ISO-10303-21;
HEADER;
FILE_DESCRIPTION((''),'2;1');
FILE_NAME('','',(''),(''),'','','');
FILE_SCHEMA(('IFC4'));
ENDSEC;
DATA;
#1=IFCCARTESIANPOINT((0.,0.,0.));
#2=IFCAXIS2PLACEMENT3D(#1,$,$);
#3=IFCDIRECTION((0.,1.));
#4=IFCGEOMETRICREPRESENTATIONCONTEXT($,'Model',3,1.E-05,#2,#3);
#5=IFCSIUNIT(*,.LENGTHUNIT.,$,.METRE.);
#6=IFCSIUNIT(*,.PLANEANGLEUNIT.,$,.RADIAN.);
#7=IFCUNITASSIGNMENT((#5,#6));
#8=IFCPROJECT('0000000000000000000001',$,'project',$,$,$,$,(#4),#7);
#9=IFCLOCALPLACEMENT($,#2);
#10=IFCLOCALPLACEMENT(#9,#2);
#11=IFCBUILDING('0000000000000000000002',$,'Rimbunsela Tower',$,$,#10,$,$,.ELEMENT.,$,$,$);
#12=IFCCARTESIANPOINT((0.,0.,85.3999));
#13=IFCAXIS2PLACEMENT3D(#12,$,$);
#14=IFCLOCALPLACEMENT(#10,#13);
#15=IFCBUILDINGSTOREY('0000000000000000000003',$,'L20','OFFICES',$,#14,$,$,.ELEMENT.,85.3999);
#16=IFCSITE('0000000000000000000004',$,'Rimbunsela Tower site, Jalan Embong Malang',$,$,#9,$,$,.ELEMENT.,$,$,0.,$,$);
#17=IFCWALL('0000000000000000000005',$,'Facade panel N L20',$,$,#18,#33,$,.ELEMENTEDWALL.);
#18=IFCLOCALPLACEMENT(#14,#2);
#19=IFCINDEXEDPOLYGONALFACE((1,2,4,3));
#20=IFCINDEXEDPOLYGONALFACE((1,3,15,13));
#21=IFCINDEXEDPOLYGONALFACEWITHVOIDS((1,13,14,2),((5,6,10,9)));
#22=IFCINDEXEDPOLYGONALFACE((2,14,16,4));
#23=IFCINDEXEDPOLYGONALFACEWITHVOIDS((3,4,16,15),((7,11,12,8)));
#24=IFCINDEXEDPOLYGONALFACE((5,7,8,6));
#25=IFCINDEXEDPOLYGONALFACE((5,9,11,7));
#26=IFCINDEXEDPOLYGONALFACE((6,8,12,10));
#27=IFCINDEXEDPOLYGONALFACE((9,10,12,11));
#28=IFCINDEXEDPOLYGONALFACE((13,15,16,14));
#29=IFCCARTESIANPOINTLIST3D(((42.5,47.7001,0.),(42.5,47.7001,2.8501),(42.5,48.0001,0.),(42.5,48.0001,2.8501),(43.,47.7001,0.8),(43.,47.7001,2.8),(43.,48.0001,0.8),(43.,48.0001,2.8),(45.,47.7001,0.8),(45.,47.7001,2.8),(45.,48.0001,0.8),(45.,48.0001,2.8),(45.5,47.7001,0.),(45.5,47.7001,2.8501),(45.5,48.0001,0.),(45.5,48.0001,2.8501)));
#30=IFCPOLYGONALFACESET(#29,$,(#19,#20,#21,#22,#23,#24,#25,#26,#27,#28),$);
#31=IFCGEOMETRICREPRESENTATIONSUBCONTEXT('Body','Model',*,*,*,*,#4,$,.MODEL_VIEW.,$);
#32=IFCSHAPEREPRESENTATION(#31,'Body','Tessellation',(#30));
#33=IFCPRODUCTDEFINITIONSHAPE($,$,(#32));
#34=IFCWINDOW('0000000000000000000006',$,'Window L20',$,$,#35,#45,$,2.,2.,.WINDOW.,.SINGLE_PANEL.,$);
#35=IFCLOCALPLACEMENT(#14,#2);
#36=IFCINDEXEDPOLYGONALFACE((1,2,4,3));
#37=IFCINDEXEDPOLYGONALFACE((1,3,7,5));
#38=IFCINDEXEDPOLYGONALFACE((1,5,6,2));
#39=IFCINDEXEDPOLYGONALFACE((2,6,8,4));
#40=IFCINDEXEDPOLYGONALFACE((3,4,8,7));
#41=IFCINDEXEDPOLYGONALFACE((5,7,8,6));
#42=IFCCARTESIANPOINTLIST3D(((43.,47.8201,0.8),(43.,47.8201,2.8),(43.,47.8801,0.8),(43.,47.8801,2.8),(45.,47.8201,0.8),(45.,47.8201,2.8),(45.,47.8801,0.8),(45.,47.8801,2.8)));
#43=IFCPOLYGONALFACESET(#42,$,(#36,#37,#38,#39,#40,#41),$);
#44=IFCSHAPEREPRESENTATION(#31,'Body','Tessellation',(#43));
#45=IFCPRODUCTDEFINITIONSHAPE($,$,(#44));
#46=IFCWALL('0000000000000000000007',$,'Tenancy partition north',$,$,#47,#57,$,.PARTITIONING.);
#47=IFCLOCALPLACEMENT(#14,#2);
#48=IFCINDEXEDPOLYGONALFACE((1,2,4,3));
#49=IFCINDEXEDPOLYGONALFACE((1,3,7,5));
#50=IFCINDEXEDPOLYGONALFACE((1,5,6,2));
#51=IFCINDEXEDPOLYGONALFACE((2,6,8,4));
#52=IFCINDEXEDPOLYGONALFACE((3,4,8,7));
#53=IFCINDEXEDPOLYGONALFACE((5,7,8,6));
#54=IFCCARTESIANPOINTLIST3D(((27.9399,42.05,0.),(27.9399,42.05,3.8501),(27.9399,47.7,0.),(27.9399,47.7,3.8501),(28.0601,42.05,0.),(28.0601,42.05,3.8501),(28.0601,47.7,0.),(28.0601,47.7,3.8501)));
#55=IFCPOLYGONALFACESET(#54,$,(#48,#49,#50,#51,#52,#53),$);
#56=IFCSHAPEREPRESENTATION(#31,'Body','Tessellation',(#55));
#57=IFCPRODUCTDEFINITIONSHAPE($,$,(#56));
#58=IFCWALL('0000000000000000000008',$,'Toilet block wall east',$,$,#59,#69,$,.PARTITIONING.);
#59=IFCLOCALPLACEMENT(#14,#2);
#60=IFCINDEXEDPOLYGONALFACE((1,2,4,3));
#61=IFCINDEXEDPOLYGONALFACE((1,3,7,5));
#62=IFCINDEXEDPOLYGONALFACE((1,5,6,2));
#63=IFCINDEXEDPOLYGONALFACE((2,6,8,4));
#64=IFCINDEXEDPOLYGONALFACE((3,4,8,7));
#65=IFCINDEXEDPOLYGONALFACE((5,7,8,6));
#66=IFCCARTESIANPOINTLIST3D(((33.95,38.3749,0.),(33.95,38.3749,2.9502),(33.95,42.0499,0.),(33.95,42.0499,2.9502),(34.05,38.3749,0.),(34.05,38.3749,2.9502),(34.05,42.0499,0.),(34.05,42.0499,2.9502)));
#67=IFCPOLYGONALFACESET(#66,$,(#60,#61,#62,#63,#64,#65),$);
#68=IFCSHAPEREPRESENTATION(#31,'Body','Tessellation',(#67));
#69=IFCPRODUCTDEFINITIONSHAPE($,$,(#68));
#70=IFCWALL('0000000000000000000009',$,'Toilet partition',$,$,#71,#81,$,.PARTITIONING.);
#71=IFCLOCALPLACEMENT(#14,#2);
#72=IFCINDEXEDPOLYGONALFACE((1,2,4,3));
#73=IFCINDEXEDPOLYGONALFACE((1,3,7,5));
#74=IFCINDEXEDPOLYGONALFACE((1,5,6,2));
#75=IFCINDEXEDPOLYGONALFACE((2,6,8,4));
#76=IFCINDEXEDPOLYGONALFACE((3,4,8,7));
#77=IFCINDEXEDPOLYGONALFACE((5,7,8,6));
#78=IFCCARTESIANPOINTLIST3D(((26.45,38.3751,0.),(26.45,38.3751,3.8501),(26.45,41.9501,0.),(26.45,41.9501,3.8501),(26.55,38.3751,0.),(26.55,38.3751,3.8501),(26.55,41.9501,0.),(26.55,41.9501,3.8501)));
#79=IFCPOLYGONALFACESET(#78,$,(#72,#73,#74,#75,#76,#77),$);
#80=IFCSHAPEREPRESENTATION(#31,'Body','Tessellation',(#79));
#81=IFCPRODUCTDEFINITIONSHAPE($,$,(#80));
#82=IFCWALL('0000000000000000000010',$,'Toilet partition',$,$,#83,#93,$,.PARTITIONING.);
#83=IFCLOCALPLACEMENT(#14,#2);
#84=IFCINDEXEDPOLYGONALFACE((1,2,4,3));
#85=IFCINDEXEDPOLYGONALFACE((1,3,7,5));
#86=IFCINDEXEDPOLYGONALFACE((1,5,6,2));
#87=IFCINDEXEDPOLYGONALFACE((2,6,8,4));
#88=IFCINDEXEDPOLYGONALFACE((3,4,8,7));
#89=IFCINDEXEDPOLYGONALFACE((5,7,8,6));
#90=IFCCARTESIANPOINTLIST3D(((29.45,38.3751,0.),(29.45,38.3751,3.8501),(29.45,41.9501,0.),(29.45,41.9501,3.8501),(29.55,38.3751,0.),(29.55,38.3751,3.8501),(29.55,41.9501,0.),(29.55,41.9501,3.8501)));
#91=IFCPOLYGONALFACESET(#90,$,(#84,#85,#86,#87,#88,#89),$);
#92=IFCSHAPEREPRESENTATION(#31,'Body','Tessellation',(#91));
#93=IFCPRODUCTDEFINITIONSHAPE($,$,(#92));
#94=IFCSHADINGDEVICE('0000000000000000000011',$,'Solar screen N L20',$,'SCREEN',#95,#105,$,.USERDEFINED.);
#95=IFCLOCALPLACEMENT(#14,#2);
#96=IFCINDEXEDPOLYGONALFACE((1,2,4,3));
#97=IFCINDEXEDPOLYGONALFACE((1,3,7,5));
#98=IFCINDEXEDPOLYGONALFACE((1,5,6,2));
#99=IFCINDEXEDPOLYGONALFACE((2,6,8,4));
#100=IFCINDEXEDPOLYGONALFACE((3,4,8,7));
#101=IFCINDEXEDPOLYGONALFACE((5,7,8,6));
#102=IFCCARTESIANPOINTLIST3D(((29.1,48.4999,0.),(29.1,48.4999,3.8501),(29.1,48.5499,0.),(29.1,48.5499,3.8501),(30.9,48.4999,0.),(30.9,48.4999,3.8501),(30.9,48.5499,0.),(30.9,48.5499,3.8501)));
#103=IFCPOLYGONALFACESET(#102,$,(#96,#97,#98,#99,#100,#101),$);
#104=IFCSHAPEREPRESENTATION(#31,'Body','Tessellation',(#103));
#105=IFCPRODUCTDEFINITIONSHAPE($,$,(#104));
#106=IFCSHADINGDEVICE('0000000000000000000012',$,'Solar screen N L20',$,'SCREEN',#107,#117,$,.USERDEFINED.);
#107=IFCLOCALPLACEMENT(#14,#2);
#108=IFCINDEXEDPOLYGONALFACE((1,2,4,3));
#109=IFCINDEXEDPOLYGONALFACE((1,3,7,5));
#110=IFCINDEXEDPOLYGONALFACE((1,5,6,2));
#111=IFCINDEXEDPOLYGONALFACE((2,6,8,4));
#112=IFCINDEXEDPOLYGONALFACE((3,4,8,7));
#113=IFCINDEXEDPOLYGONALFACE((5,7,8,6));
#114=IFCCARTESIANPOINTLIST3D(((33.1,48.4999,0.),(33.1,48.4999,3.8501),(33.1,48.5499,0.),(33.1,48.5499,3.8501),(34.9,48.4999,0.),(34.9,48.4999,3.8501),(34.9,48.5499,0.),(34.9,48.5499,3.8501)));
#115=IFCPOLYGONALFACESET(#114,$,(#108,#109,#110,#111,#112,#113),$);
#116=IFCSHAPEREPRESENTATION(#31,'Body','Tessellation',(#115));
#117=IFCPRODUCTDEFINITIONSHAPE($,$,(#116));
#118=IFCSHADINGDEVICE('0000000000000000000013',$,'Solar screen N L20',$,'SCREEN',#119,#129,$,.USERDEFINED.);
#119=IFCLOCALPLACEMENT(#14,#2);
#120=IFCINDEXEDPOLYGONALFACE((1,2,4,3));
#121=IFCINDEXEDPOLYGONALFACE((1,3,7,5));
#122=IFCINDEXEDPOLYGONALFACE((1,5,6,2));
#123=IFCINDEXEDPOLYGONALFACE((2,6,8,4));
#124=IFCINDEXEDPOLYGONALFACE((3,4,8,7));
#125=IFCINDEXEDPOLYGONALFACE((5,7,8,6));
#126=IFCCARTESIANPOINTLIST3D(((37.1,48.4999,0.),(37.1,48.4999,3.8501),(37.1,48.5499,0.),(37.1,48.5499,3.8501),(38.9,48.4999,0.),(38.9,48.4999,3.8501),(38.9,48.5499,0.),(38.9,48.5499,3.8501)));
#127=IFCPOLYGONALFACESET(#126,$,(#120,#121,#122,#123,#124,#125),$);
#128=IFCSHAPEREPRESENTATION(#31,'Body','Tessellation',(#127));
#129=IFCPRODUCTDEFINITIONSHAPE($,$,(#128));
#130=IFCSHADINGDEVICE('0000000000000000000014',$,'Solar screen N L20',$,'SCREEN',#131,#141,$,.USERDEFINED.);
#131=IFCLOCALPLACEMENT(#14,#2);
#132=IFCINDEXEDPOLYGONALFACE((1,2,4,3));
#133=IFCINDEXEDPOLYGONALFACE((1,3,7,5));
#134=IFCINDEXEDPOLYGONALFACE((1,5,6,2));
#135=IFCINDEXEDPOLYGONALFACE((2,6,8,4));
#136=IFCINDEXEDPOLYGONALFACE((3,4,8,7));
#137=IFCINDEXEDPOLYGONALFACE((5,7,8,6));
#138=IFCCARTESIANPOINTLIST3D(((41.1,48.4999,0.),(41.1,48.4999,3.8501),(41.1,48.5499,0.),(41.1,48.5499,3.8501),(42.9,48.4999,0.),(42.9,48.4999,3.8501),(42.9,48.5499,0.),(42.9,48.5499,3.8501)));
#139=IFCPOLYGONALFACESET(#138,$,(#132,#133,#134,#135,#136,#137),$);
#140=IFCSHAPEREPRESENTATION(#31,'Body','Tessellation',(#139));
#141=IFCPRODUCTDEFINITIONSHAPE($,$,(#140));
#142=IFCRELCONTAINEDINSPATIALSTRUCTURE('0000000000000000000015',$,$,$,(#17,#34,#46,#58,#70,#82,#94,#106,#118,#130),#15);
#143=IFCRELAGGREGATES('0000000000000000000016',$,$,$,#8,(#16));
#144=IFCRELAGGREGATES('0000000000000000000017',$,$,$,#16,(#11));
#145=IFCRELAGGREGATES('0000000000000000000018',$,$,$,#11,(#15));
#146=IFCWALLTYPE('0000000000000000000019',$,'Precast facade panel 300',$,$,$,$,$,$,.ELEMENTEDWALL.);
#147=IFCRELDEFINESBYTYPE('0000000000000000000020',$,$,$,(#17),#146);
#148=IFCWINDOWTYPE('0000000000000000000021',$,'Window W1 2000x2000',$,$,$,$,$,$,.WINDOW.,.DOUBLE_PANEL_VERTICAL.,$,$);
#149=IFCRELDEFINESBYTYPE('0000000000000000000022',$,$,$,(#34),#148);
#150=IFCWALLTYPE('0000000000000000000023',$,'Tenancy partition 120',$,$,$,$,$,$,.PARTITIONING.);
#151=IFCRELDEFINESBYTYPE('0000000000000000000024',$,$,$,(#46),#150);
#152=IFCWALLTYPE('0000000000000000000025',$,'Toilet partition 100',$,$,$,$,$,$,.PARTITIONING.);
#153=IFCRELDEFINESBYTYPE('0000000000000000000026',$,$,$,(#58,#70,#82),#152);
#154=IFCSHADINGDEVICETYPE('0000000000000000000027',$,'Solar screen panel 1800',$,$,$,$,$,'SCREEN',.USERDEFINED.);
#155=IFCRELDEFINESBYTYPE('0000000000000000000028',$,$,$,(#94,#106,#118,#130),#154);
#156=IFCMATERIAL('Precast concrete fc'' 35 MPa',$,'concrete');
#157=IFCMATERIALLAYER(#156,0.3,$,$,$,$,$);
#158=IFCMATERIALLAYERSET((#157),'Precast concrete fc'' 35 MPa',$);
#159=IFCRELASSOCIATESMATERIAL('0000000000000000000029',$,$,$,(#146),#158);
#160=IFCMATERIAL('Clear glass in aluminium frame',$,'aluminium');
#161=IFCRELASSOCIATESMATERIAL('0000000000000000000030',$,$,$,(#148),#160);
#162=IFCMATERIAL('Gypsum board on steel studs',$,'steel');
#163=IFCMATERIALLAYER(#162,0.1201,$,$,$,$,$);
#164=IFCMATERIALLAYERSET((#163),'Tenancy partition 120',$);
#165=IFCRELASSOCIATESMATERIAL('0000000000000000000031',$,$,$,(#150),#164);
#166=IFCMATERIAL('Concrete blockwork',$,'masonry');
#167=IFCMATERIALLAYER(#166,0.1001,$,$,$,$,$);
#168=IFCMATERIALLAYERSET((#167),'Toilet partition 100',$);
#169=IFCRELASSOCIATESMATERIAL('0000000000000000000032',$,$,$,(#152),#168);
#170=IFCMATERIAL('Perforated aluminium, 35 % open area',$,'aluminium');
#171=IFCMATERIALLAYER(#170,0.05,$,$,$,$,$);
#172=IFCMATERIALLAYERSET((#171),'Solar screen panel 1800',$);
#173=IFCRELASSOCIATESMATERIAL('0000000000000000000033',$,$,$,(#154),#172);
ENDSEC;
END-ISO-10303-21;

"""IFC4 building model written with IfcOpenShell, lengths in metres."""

from ifc_helpers import new_model, si_unit, direction, frame, frame_2d, origin, origin_2d, place, context, subcontext, project, spatial, rectangle, extrude, material, layer, layer_set, type_object, element, fill, save


model = new_model("IFC4")

# Units and contexts
model_context = context("Model", 3, precision=1e-05, world=origin(), true_north=direction((0.0, 1.0)))
body_context = subcontext(model_context, "Body", "Model", "MODEL_VIEW")
ifc_project = project(units=[si_unit("LENGTHUNIT", "METRE"), si_unit("PLANEANGLEUNIT", "RADIAN")], contexts=[model_context])

# Site, building, storey
site_placement = place(None, origin())
site = spatial("IfcSite", under=ifc_project, at=site_placement, Name="Rimbunsela Tower site, Jalan Embong Malang", CompositionType="ELEMENT", RefElevation=0.0)
building_placement = place(site_placement, origin())
building = spatial("IfcBuilding", under=site, at=building_placement, Name="Rimbunsela Tower", CompositionType="ELEMENT")
storey_placement = place(building_placement, frame((0.0, 0.0, 85.3999)))
storey = spatial("IfcBuildingStorey", under=building, at=storey_placement, Name="L20", Description="OFFICES", CompositionType="ELEMENT", Elevation=85.3999)

# Shared definitions
ifc_material_1 = material(Name="Precast concrete fc' 35 MPa", Category="concrete")
ifc_layer_1 = layer(ifc_material_1, 0.3)
ifc_layer_set_1 = layer_set([ifc_layer_1], Name="Precast concrete fc' 35 MPa")
wall_type_1 = type_object("IfcWallType", Name="Precast facade panel 300", PredefinedType="ELEMENTEDWALL", material=ifc_layer_set_1)

# Wall, opening, window
ifc_material_2 = material(Name="Clear glass in aluminium frame", Category="aluminium")
window_type_1 = type_object("IfcWindowType", Name="Window W1 2000x2000", PartitioningType="DOUBLE_PANEL_VERTICAL", PredefinedType="WINDOW", material=ifc_material_2)
wall_1_placement = place(storey_placement, frame((45.5, 47.8501, 0.0), z_axis=(0.0, 0.0, 1.0), x_axis=(-1.0, 0.0, 0.0)))
wall_1 = element("IfcWall", 1, at=wall_1_placement, inside=storey, type_object=wall_type_1, Name="Facade panel N L20", PredefinedType="ELEMENTEDWALL", context=body_context, shape_type="SweptSolid", body=[
    extrude(rectangle(XDim=3.0, YDim=0.3, at=frame_2d((1.5, 0.0))), origin(), (0.0, 0.0, 1.0), 2.8501),
])
opening_1_placement = place(wall_1_placement, frame((0.5, 0.0, 0.8)))
opening_1 = element("IfcOpeningElement", 2, at=opening_1_placement, cuts=wall_1, PredefinedType="OPENING", context=body_context, shape_type="SweptSolid", body=[
    extrude(rectangle(XDim=2.0, YDim=2.0, at=frame_2d((1.0, 1.0))), frame((0.0, 0.1599, 0.0), z_axis=(0.0, -1.0, 0.0), x_axis=(1.0, 0.0, 0.0)), (0.0, 0.0, 1.0), 0.3201),
])
window_1_placement = place(opening_1_placement, origin())
window_1 = element("IfcWindow", 3, at=window_1_placement, inside=storey, type_object=window_type_1, Name="Window L20", OverallHeight=2.0, OverallWidth=2.0, PartitioningType="SINGLE_PANEL", PredefinedType="WINDOW", context=body_context, shape_type="SweptSolid", body=[
    extrude(rectangle(XDim=2.0, YDim=2.0, at=frame_2d((1.0, 1.0))), frame((0.0, 0.03, 0.0), z_axis=(0.0, -1.0, 0.0), x_axis=(1.0, 0.0, 0.0)), (0.0, 0.0, 1.0), 0.0601),
])
fill(opening_1, window_1)

# Walls
ifc_material_3 = material(Name="Gypsum board on steel studs", Category="steel")
ifc_layer_2 = layer(ifc_material_3, 0.1201)
ifc_layer_set_2 = layer_set([ifc_layer_2], Name="Tenancy partition 120")
wall_type_2 = type_object("IfcWallType", Name="Tenancy partition 120", PredefinedType="PARTITIONING", material=ifc_layer_set_2)
wall_2_placement = place(storey_placement, frame((28.0, 42.05, 0.0), z_axis=(0.0, 0.0, 1.0), x_axis=(0.0, 1.0, 0.0)))
element("IfcWall", 4, at=wall_2_placement, inside=storey, type_object=wall_type_2, Name="Tenancy partition north", PredefinedType="PARTITIONING", context=body_context, shape_type="SweptSolid", body=[
    extrude(rectangle(XDim=5.6499, YDim=0.1201, at=frame_2d((2.825, 0.0))), origin(), (0.0, 0.0, 1.0), 3.8501),
])
ifc_material_4 = material(Name="Concrete blockwork", Category="masonry")
ifc_layer_3 = layer(ifc_material_4, 0.1001)
ifc_layer_set_3 = layer_set([ifc_layer_3], Name="Toilet partition 100")
wall_type_3 = type_object("IfcWallType", Name="Toilet partition 100", PredefinedType="PARTITIONING", material=ifc_layer_set_3)
wall_3_placement = place(storey_placement, frame((34.0, 38.375, 0.0), z_axis=(0.0, 0.0, 1.0), x_axis=(0.0, 1.0, 0.0)))
element("IfcWall", 5, at=wall_3_placement, inside=storey, type_object=wall_type_3, Name="Toilet block wall east", PredefinedType="PARTITIONING", context=body_context, shape_type="SweptSolid", body=[
    extrude(rectangle(XDim=3.675, YDim=0.1001, at=frame_2d((1.8374, 0.0))), origin(), (0.0, 0.0, 1.0), 2.9502),
])
for number, where, z_axis, x_axis, name in (
    (6, (26.5, 38.375, 0.0), (0.0, 0.0, 1.0), (0.0, 1.0, 0.0), "Toilet partition"),
    (7, (29.5, 38.375, 0.0), (0.0, 0.0, 1.0), (0.0, 1.0, 0.0), "Toilet partition"),
):
    element("IfcWall", number, at=place(storey_placement, frame(where, z_axis=z_axis, x_axis=x_axis)), inside=storey, type_object=wall_type_3, Name=name, PredefinedType="PARTITIONING", context=body_context, shape_type="SweptSolid", body=[
        extrude(rectangle(XDim=3.575, YDim=0.1001, at=frame_2d((1.7876, 0.0))), origin(), (0.0, 0.0, 1.0), 3.8501),
    ])

# Shading devices
ifc_material_5 = material(Name="Perforated aluminium, 35 % open area", Category="aluminium")
ifc_layer_4 = layer(ifc_material_5, 0.05)
ifc_layer_set_4 = layer_set([ifc_layer_4], Name="Solar screen panel 1800")
shading_device_type = type_object("IfcShadingDeviceType", Name="Solar screen panel 1800", ElementType="SCREEN", PredefinedType="USERDEFINED", material=ifc_layer_set_4)
for number, where, z_axis, x_axis, name in (
    (8, (30.0, 48.5249, 0.0), (0.0, 0.0, 1.0), (1.0, 0.0, 0.0), "Solar screen N L20"),
    (9, (34.0, 48.5249, 0.0), (0.0, 0.0, 1.0), (1.0, 0.0, 0.0), "Solar screen N L20"),
    (10, (38.0, 48.5249, 0.0), (0.0, 0.0, 1.0), (1.0, 0.0, 0.0), "Solar screen N L20"),
    (11, (42.0, 48.5249, 0.0), (0.0, 0.0, 1.0), (1.0, 0.0, 0.0), "Solar screen N L20"),
):
    element("IfcShadingDevice", number, at=place(storey_placement, frame(where, z_axis=z_axis, x_axis=x_axis)), inside=storey, type_object=shading_device_type, Name=name, ObjectType="SCREEN", PredefinedType="USERDEFINED", context=body_context, shape_type="SweptSolid", body=[
        extrude(rectangle(XDim=1.8, YDim=0.05, at=origin_2d()), origin(), (0.0, 0.0, 1.0), 3.8501),
    ])

save(model, "model.ifc")
